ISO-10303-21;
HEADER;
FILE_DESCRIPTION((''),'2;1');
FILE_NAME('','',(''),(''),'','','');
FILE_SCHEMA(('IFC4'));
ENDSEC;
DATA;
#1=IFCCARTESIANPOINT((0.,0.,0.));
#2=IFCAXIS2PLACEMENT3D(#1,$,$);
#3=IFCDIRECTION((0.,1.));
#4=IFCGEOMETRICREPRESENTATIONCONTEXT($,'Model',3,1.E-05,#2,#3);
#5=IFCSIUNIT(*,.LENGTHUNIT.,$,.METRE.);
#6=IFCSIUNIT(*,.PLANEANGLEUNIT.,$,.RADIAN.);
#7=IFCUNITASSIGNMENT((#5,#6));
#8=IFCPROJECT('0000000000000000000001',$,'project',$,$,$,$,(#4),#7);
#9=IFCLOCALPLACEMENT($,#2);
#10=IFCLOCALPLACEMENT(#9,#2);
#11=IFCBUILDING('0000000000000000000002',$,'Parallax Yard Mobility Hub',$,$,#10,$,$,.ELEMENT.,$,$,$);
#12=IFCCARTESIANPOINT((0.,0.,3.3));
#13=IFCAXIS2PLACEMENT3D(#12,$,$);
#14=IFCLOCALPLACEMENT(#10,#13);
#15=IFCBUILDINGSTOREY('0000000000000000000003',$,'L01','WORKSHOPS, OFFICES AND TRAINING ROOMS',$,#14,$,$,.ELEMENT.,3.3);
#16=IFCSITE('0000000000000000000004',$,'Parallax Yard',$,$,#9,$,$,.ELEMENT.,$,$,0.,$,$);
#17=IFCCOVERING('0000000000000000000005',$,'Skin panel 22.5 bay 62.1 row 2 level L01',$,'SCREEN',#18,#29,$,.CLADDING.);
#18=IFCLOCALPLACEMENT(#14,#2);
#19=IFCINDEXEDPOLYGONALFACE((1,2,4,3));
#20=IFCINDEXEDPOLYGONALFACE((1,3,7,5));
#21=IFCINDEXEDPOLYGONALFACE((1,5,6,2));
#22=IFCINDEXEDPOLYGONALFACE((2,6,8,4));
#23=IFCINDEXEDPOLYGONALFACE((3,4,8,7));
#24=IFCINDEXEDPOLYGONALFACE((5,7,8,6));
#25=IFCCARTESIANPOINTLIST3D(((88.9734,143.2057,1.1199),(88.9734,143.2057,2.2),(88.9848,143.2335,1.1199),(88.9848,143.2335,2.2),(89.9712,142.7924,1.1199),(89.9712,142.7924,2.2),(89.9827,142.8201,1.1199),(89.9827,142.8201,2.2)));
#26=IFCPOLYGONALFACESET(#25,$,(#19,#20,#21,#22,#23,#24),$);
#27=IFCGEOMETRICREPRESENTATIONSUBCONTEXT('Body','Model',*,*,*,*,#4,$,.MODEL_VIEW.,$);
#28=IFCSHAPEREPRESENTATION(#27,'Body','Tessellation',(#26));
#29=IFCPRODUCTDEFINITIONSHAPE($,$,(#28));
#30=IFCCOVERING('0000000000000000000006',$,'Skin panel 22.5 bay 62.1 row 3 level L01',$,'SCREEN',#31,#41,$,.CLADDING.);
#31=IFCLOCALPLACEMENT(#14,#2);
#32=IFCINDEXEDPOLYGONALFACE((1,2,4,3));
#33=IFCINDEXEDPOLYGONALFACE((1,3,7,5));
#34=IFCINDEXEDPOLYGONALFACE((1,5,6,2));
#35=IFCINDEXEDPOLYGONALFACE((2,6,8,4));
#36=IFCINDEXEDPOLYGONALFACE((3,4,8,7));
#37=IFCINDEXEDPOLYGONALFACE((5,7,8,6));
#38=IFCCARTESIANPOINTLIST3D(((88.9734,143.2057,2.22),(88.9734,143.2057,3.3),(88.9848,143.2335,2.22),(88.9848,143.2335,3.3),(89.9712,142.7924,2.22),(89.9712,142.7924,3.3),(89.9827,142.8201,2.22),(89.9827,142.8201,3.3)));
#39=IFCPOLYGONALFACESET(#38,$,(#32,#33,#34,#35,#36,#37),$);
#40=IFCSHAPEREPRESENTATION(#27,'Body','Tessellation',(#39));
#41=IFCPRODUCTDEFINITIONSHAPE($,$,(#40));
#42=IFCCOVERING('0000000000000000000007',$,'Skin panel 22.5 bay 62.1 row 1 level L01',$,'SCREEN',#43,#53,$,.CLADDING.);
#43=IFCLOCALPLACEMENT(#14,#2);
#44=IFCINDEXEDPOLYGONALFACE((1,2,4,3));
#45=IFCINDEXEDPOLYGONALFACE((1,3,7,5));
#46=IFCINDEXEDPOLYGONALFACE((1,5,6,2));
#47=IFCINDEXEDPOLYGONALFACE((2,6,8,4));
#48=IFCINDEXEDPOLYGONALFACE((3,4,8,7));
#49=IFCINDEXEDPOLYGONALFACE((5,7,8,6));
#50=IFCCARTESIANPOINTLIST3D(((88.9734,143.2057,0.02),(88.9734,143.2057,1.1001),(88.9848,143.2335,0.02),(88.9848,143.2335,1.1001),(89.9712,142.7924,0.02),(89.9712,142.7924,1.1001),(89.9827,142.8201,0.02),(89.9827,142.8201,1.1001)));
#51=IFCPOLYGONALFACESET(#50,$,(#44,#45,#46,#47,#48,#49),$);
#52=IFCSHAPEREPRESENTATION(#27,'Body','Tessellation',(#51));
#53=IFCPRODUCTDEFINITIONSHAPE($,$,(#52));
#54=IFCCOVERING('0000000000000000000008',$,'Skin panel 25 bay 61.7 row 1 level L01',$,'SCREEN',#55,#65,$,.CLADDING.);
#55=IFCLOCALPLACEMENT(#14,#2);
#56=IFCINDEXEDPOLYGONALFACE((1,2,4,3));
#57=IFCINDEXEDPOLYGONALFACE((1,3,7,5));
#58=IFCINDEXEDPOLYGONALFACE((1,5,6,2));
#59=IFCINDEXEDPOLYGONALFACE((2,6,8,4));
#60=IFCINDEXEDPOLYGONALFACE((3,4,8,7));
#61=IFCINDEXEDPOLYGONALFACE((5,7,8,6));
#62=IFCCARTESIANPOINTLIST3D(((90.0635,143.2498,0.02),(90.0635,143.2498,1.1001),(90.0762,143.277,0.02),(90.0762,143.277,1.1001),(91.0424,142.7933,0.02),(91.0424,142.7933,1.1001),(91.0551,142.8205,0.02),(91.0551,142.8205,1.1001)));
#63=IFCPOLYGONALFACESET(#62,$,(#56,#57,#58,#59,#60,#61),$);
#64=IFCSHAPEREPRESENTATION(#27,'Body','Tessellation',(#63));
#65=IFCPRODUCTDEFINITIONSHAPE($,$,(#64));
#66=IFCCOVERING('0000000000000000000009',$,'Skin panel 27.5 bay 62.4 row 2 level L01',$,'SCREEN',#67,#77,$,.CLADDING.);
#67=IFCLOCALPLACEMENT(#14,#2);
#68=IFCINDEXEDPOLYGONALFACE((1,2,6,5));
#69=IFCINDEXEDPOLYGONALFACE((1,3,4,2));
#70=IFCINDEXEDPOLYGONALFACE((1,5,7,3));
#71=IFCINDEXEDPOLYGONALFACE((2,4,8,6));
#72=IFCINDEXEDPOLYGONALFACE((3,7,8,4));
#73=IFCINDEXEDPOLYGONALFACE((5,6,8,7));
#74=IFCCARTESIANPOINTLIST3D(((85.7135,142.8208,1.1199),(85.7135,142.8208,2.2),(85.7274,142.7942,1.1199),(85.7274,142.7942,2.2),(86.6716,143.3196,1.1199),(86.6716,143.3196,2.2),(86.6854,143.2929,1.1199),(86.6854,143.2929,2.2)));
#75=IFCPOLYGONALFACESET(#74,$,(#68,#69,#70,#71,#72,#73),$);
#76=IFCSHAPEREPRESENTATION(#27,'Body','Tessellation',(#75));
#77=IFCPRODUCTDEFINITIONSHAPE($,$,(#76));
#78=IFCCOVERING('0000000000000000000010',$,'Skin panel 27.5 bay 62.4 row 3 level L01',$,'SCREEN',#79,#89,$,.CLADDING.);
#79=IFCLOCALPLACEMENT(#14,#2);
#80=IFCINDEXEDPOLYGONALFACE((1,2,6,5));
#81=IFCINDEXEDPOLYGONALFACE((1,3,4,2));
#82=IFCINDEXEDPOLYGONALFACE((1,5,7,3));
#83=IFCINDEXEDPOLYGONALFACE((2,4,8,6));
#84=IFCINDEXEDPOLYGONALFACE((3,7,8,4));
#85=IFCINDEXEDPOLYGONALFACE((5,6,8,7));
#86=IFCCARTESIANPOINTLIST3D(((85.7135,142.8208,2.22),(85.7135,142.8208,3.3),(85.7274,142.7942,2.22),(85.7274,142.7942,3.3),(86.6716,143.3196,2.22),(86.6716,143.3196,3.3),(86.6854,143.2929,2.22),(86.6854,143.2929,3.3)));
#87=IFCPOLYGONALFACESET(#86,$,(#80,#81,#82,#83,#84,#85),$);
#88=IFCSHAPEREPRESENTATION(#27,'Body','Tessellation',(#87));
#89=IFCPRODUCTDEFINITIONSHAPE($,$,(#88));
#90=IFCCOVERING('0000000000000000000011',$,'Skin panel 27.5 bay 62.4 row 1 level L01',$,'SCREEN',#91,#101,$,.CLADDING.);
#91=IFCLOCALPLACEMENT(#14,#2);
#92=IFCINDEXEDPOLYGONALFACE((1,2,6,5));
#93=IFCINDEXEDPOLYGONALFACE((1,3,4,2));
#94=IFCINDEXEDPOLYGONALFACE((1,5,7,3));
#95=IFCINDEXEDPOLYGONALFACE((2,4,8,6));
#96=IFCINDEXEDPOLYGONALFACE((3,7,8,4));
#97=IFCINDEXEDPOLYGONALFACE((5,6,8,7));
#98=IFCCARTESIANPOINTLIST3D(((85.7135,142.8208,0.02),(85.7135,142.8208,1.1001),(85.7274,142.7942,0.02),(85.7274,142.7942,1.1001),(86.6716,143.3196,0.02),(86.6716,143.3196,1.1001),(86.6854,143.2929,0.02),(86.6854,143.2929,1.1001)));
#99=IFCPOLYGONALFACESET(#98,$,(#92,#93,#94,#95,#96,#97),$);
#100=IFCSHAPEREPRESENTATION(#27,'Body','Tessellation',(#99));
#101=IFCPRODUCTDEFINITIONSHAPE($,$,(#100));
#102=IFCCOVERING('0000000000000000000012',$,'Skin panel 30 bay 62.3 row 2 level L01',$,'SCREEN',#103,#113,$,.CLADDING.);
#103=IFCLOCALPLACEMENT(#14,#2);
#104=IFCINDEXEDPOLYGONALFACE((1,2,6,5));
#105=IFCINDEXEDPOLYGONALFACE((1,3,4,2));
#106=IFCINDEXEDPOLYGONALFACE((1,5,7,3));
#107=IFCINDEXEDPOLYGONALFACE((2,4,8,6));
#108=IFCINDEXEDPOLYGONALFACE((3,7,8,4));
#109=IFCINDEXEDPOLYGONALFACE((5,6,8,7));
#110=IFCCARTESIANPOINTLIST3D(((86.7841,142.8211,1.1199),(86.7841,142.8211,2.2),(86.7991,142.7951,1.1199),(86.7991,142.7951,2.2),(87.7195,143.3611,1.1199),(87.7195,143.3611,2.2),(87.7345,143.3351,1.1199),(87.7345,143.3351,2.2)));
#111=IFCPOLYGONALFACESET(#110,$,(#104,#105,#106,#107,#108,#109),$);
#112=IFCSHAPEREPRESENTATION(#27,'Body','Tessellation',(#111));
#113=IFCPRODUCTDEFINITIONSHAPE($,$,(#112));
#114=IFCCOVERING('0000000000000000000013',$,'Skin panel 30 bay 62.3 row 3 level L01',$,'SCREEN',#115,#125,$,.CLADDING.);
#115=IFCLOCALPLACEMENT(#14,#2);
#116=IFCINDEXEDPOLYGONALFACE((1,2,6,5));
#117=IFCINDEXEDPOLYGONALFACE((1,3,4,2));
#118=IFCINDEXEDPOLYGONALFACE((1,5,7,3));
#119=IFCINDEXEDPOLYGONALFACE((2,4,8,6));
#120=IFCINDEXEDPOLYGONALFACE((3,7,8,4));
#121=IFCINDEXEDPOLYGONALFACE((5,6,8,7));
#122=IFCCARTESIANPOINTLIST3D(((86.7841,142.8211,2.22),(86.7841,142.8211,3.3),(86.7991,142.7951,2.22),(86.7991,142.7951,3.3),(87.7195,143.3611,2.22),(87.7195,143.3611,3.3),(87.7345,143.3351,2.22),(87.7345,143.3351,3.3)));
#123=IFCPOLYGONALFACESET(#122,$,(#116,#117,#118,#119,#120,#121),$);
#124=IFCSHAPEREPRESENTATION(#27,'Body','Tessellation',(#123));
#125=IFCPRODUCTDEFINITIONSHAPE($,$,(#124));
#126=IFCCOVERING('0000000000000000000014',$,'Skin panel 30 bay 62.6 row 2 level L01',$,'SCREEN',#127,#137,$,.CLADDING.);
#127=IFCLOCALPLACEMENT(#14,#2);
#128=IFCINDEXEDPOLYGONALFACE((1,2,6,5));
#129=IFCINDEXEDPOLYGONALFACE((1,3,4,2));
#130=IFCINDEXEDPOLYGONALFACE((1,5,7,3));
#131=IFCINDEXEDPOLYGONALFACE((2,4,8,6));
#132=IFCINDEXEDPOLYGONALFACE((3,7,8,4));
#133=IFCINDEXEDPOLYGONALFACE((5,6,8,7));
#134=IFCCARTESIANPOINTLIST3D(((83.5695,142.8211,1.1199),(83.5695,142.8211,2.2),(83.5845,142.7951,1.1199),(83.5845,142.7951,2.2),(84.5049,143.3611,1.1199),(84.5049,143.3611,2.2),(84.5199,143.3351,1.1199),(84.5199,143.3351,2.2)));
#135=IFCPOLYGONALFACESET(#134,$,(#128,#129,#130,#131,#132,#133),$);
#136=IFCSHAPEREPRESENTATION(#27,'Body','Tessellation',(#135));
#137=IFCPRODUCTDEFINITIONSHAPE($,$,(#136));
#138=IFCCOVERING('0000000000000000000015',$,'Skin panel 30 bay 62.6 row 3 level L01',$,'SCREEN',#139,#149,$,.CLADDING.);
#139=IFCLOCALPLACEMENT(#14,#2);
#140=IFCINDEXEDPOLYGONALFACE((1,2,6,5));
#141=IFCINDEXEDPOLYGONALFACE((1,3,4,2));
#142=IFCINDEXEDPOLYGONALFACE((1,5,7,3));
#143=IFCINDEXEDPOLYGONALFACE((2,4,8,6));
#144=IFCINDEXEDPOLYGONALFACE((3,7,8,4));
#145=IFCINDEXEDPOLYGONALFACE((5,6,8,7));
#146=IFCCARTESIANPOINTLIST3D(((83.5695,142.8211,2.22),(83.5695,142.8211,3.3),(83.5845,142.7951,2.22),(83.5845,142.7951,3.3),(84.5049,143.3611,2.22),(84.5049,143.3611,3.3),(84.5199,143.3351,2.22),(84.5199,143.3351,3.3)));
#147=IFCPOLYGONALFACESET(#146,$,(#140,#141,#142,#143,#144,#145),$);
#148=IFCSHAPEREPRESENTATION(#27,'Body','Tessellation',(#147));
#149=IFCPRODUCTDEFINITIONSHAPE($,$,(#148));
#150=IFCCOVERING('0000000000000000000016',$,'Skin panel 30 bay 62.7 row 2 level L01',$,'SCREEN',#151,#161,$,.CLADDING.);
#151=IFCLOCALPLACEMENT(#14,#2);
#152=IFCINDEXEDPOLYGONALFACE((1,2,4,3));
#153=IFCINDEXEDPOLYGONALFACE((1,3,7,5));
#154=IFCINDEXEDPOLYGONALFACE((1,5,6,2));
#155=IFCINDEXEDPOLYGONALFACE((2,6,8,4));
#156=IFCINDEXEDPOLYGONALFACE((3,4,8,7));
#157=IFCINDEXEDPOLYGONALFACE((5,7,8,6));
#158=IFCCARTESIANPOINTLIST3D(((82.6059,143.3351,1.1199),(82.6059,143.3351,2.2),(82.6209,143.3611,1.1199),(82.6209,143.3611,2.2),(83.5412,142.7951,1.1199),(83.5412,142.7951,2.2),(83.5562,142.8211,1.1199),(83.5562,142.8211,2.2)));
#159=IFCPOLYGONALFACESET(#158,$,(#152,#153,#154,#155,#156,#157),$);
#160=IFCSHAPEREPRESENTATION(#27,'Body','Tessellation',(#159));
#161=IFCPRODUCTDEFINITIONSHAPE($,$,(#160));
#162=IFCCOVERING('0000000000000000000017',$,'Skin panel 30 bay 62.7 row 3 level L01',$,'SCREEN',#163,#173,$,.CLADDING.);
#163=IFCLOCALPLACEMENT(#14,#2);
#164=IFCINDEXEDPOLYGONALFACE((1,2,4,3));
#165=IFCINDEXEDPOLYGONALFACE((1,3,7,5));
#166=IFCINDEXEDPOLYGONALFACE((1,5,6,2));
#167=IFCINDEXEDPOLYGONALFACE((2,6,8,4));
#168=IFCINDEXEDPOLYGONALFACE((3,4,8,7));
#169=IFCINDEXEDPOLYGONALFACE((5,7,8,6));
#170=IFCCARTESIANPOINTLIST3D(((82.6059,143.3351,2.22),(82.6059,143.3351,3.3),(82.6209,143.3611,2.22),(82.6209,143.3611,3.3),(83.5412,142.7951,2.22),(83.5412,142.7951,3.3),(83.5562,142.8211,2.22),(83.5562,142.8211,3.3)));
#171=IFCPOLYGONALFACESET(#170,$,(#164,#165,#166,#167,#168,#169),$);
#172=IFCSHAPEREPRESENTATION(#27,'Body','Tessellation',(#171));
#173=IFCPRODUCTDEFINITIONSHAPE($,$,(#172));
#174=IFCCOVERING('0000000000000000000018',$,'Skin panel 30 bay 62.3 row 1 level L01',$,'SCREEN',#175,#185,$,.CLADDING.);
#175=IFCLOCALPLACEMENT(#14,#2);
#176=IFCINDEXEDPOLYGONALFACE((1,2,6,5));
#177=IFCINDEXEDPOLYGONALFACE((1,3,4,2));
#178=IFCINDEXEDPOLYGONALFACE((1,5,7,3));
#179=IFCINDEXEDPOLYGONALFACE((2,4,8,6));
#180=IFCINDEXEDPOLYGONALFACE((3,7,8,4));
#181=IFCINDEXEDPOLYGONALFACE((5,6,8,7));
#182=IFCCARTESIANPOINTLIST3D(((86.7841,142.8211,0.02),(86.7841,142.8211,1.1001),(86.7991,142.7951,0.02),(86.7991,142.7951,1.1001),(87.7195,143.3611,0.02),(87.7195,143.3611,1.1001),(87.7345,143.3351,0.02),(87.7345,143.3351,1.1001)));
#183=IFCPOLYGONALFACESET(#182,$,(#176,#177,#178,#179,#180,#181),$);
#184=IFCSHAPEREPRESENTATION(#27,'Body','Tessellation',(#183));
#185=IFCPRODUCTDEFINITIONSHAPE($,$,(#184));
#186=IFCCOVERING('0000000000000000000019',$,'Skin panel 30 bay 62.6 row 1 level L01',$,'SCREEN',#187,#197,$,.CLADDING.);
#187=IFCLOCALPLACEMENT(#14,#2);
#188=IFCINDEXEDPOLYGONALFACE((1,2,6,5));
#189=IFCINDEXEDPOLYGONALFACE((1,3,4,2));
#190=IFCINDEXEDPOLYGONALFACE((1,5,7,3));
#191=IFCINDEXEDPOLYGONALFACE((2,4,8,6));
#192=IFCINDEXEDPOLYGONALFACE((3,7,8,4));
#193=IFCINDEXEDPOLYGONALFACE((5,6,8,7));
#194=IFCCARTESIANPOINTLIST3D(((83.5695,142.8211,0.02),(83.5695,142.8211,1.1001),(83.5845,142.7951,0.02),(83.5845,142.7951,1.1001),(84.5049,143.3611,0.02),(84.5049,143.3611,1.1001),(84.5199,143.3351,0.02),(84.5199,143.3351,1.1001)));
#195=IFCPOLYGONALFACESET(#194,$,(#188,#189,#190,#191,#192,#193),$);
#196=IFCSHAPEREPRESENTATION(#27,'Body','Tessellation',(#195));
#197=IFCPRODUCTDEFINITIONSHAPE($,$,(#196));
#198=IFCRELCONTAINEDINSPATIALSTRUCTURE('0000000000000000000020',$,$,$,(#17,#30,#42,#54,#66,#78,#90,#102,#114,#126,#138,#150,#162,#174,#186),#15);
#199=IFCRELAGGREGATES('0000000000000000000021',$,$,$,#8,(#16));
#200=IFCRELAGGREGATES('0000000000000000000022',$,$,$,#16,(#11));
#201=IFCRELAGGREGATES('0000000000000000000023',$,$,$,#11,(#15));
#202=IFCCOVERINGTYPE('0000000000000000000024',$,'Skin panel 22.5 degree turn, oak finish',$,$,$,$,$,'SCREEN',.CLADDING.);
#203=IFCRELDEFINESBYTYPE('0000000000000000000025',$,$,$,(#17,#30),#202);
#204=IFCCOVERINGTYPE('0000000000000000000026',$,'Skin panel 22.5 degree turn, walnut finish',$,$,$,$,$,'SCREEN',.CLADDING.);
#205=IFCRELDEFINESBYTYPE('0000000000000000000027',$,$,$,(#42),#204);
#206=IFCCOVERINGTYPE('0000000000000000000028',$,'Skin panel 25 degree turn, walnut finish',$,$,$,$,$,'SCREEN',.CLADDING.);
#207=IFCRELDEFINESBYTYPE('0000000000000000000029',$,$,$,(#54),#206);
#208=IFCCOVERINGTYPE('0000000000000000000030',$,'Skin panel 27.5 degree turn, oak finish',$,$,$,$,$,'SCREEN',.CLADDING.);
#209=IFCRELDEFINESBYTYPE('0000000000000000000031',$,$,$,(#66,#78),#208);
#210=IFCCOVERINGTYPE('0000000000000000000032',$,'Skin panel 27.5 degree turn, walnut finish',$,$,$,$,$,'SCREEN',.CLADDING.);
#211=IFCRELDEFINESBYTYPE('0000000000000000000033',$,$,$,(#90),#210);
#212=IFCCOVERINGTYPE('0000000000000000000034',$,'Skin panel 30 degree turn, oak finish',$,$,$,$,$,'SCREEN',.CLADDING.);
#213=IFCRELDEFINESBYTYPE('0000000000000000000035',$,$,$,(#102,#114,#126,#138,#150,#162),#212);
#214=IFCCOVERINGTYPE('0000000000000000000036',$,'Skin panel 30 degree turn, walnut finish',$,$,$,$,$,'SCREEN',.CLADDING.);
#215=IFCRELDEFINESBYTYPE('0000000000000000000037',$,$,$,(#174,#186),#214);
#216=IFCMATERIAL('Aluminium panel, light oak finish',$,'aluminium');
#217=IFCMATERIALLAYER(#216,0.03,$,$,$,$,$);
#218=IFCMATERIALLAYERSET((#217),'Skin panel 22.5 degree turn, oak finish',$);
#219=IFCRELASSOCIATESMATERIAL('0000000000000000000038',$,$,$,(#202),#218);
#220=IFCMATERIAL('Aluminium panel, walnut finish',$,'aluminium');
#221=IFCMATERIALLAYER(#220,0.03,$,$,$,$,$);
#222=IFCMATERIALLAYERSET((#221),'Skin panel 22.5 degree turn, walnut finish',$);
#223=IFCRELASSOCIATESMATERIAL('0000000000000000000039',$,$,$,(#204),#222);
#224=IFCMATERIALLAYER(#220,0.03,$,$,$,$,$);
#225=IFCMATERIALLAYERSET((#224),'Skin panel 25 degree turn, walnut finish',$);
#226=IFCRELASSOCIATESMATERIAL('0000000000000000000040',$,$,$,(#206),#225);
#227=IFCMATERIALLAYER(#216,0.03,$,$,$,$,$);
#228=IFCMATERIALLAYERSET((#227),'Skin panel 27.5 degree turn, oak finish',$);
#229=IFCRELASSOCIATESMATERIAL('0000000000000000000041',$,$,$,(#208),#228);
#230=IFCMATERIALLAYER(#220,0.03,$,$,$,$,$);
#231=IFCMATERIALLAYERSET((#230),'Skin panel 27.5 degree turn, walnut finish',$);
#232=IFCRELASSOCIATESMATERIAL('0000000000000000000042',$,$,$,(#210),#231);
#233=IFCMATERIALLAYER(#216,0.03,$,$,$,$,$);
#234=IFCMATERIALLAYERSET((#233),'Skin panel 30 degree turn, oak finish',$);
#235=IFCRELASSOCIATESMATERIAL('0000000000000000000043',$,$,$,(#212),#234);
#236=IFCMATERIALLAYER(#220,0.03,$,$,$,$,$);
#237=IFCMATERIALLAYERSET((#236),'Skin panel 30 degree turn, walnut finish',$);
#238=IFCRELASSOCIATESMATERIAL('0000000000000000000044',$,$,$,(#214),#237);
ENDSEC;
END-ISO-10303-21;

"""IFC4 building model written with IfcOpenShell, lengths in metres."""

from ifc_helpers import new_model, si_unit, direction, frame, origin, origin_2d, place, context, subcontext, project, spatial, rectangle, extrude, material, layer, layer_set, type_object, element, save


model = new_model("IFC4")

# Units and contexts
model_context = context("Model", 3, precision=1e-05, world=origin(), true_north=direction((0.0, 1.0)))
body_context = subcontext(model_context, "Body", "Model", "MODEL_VIEW")
ifc_project = project(units=[si_unit("LENGTHUNIT", "METRE"), si_unit("PLANEANGLEUNIT", "RADIAN")], contexts=[model_context])

# Site, building, storey
site_placement = place(None, origin())
site = spatial("IfcSite", under=ifc_project, at=site_placement, Name="Parallax Yard", CompositionType="ELEMENT", RefElevation=0.0)
building_placement = place(site_placement, origin())
building = spatial("IfcBuilding", under=site, at=building_placement, Name="Parallax Yard Mobility Hub", CompositionType="ELEMENT")
storey_placement = place(building_placement, frame((0.0, 0.0, 3.3)))
storey = spatial("IfcBuildingStorey", under=building, at=storey_placement, Name="L01", Description="WORKSHOPS, OFFICES AND TRAINING ROOMS", CompositionType="ELEMENT", Elevation=3.3)

# Coverings
ifc_material_1 = material(Name="Aluminium panel, light oak finish", Category="aluminium")
ifc_layer_1 = layer(ifc_material_1, 0.03)
ifc_layer_set_1 = layer_set([ifc_layer_1], Name="Skin panel 22.5 degree turn, oak finish")
covering_type_1 = type_object("IfcCoveringType", Name="Skin panel 22.5 degree turn, oak finish", ElementType="SCREEN", PredefinedType="CLADDING", material=ifc_layer_set_1)
for number, where, z_axis, x_axis, name in (
    (1, (89.478, 143.0129, 1.1199), (0.0, 0.0, 1.0), (-0.92388, 0.382683, 0.0), "Skin panel 22.5 bay 62.1 row 2 level L01"),
    (2, (89.478, 143.0129, 2.22), (0.0, 0.0, 1.0), (-0.92388, 0.382683, 0.0), "Skin panel 22.5 bay 62.1 row 3 level L01"),
):
    element("IfcCovering", number, at=place(storey_placement, frame(where, z_axis=z_axis, x_axis=x_axis)), inside=storey, type_object=covering_type_1, Name=name, ObjectType="SCREEN", PredefinedType="CLADDING", context=body_context, shape_type="SweptSolid", body=[
        extrude(rectangle(XDim=1.0801, YDim=0.03, at=origin_2d()), origin(), (0.0, 0.0, 1.0), 1.0801),
    ])
ifc_material_2 = material(Name="Aluminium panel, walnut finish", Category="aluminium")
ifc_layer_2 = layer(ifc_material_2, 0.03)
ifc_layer_set_2 = layer_set([ifc_layer_2], Name="Skin panel 22.5 degree turn, walnut finish")
covering_type_2 = type_object("IfcCoveringType", Name="Skin panel 22.5 degree turn, walnut finish", ElementType="SCREEN", PredefinedType="CLADDING", material=ifc_layer_set_2)
covering_1_placement = place(storey_placement, frame((89.478, 143.0129, 0.02), z_axis=(0.0, 0.0, 1.0), x_axis=(-0.92388, 0.382683, 0.0)))
element("IfcCovering", 3, at=covering_1_placement, inside=storey, type_object=covering_type_2, Name="Skin panel 22.5 bay 62.1 row 1 level L01", ObjectType="SCREEN", PredefinedType="CLADDING", context=body_context, shape_type="SweptSolid", body=[
    extrude(rectangle(XDim=1.0801, YDim=0.03, at=origin_2d()), origin(), (0.0, 0.0, 1.0), 1.0801),
])
ifc_layer_3 = layer(ifc_material_2, 0.03)
ifc_layer_set_3 = layer_set([ifc_layer_3], Name="Skin panel 25 degree turn, walnut finish")
covering_type_3 = type_object("IfcCoveringType", Name="Skin panel 25 degree turn, walnut finish", ElementType="SCREEN", PredefinedType="CLADDING", material=ifc_layer_set_3)
covering_2_placement = place(storey_placement, frame((90.5593, 143.0352, 0.02), z_axis=(0.0, 0.0, 1.0), x_axis=(-0.906308, 0.422618, 0.0)))
element("IfcCovering", 4, at=covering_2_placement, inside=storey, type_object=covering_type_3, Name="Skin panel 25 bay 61.7 row 1 level L01", ObjectType="SCREEN", PredefinedType="CLADDING", context=body_context, shape_type="SweptSolid", body=[
    extrude(rectangle(XDim=1.0801, YDim=0.03, at=origin_2d()), origin(), (0.0, 0.0, 1.0), 1.0801),
])
ifc_layer_4 = layer(ifc_material_1, 0.03)
ifc_layer_set_4 = layer_set([ifc_layer_4], Name="Skin panel 27.5 degree turn, oak finish")
covering_type_4 = type_object("IfcCoveringType", Name="Skin panel 27.5 degree turn, oak finish", ElementType="SCREEN", PredefinedType="CLADDING", material=ifc_layer_set_4)
for number, where, z_axis, x_axis, name in (
    (5, (86.1995, 143.0569, 1.1199), (0.0, 0.0, 1.0), (0.887011, 0.461749, 0.0), "Skin panel 27.5 bay 62.4 row 2 level L01"),
    (6, (86.1995, 143.0569, 2.22), (0.0, 0.0, 1.0), (0.887011, 0.461749, 0.0), "Skin panel 27.5 bay 62.4 row 3 level L01"),
):
    element("IfcCovering", number, at=place(storey_placement, frame(where, z_axis=z_axis, x_axis=x_axis)), inside=storey, type_object=covering_type_4, Name=name, ObjectType="SCREEN", PredefinedType="CLADDING", context=body_context, shape_type="SweptSolid", body=[
        extrude(rectangle(XDim=1.0801, YDim=0.03, at=origin_2d()), origin(), (0.0, 0.0, 1.0), 1.0801),
    ])
ifc_layer_5 = layer(ifc_material_2, 0.03)
ifc_layer_set_5 = layer_set([ifc_layer_5], Name="Skin panel 27.5 degree turn, walnut finish")
covering_type_5 = type_object("IfcCoveringType", Name="Skin panel 27.5 degree turn, walnut finish", ElementType="SCREEN", PredefinedType="CLADDING", material=ifc_layer_set_5)
covering_3_placement = place(storey_placement, frame((86.1995, 143.0569, 0.02), z_axis=(0.0, 0.0, 1.0), x_axis=(0.887011, 0.461749, 0.0)))
element("IfcCovering", 7, at=covering_3_placement, inside=storey, type_object=covering_type_5, Name="Skin panel 27.5 bay 62.4 row 1 level L01", ObjectType="SCREEN", PredefinedType="CLADDING", context=body_context, shape_type="SweptSolid", body=[
    extrude(rectangle(XDim=1.0801, YDim=0.03, at=origin_2d()), origin(), (0.0, 0.0, 1.0), 1.0801),
])
ifc_layer_6 = layer(ifc_material_1, 0.03)
ifc_layer_set_6 = layer_set([ifc_layer_6], Name="Skin panel 30 degree turn, oak finish")
covering_type_6 = type_object("IfcCoveringType", Name="Skin panel 30 degree turn, oak finish", ElementType="SCREEN", PredefinedType="CLADDING", material=ifc_layer_set_6)
for number, where, z_axis, x_axis, name in (
    (8, (87.2593, 143.0781, 1.1199), (0.0, 0.0, 1.0), (0.866025, 0.5, 0.0), "Skin panel 30 bay 62.3 row 2 level L01"),
    (9, (87.2593, 143.0781, 2.22), (0.0, 0.0, 1.0), (0.866025, 0.5, 0.0), "Skin panel 30 bay 62.3 row 3 level L01"),
    (10, (84.0447, 143.0781, 1.1199), (0.0, 0.0, 1.0), (0.866025, 0.5, 0.0), "Skin panel 30 bay 62.6 row 2 level L01"),
    (11, (84.0447, 143.0781, 2.22), (0.0, 0.0, 1.0), (0.866025, 0.5, 0.0), "Skin panel 30 bay 62.6 row 3 level L01"),
    (12, (83.0811, 143.0781, 1.1199), (0.0, 0.0, 1.0), (-0.866025, 0.5, 0.0), "Skin panel 30 bay 62.7 row 2 level L01"),
    (13, (83.0811, 143.0781, 2.22), (0.0, 0.0, 1.0), (-0.866025, 0.5, 0.0), "Skin panel 30 bay 62.7 row 3 level L01"),
):
    element("IfcCovering", number, at=place(storey_placement, frame(where, z_axis=z_axis, x_axis=x_axis)), inside=storey, type_object=covering_type_6, Name=name, ObjectType="SCREEN", PredefinedType="CLADDING", context=body_context, shape_type="SweptSolid", body=[
        extrude(rectangle(XDim=1.0801, YDim=0.03, at=origin_2d()), origin(), (0.0, 0.0, 1.0), 1.0801),
    ])
ifc_layer_7 = layer(ifc_material_2, 0.03)
ifc_layer_set_7 = layer_set([ifc_layer_7], Name="Skin panel 30 degree turn, walnut finish")
covering_type_7 = type_object("IfcCoveringType", Name="Skin panel 30 degree turn, walnut finish", ElementType="SCREEN", PredefinedType="CLADDING", material=ifc_layer_set_7)
for number, where, z_axis, x_axis, name in (
    (14, (87.2593, 143.0781, 0.02), (0.0, 0.0, 1.0), (0.866025, 0.5, 0.0), "Skin panel 30 bay 62.3 row 1 level L01"),
    (15, (84.0447, 143.0781, 0.02), (0.0, 0.0, 1.0), (0.866025, 0.5, 0.0), "Skin panel 30 bay 62.6 row 1 level L01"),
):
    element("IfcCovering", number, at=place(storey_placement, frame(where, z_axis=z_axis, x_axis=x_axis)), inside=storey, type_object=covering_type_7, Name=name, ObjectType="SCREEN", PredefinedType="CLADDING", context=body_context, shape_type="SweptSolid", body=[
        extrude(rectangle(XDim=1.0801, YDim=0.03, at=origin_2d()), origin(), (0.0, 0.0, 1.0), 1.0801),
    ])

save(model, "model.ifc")
